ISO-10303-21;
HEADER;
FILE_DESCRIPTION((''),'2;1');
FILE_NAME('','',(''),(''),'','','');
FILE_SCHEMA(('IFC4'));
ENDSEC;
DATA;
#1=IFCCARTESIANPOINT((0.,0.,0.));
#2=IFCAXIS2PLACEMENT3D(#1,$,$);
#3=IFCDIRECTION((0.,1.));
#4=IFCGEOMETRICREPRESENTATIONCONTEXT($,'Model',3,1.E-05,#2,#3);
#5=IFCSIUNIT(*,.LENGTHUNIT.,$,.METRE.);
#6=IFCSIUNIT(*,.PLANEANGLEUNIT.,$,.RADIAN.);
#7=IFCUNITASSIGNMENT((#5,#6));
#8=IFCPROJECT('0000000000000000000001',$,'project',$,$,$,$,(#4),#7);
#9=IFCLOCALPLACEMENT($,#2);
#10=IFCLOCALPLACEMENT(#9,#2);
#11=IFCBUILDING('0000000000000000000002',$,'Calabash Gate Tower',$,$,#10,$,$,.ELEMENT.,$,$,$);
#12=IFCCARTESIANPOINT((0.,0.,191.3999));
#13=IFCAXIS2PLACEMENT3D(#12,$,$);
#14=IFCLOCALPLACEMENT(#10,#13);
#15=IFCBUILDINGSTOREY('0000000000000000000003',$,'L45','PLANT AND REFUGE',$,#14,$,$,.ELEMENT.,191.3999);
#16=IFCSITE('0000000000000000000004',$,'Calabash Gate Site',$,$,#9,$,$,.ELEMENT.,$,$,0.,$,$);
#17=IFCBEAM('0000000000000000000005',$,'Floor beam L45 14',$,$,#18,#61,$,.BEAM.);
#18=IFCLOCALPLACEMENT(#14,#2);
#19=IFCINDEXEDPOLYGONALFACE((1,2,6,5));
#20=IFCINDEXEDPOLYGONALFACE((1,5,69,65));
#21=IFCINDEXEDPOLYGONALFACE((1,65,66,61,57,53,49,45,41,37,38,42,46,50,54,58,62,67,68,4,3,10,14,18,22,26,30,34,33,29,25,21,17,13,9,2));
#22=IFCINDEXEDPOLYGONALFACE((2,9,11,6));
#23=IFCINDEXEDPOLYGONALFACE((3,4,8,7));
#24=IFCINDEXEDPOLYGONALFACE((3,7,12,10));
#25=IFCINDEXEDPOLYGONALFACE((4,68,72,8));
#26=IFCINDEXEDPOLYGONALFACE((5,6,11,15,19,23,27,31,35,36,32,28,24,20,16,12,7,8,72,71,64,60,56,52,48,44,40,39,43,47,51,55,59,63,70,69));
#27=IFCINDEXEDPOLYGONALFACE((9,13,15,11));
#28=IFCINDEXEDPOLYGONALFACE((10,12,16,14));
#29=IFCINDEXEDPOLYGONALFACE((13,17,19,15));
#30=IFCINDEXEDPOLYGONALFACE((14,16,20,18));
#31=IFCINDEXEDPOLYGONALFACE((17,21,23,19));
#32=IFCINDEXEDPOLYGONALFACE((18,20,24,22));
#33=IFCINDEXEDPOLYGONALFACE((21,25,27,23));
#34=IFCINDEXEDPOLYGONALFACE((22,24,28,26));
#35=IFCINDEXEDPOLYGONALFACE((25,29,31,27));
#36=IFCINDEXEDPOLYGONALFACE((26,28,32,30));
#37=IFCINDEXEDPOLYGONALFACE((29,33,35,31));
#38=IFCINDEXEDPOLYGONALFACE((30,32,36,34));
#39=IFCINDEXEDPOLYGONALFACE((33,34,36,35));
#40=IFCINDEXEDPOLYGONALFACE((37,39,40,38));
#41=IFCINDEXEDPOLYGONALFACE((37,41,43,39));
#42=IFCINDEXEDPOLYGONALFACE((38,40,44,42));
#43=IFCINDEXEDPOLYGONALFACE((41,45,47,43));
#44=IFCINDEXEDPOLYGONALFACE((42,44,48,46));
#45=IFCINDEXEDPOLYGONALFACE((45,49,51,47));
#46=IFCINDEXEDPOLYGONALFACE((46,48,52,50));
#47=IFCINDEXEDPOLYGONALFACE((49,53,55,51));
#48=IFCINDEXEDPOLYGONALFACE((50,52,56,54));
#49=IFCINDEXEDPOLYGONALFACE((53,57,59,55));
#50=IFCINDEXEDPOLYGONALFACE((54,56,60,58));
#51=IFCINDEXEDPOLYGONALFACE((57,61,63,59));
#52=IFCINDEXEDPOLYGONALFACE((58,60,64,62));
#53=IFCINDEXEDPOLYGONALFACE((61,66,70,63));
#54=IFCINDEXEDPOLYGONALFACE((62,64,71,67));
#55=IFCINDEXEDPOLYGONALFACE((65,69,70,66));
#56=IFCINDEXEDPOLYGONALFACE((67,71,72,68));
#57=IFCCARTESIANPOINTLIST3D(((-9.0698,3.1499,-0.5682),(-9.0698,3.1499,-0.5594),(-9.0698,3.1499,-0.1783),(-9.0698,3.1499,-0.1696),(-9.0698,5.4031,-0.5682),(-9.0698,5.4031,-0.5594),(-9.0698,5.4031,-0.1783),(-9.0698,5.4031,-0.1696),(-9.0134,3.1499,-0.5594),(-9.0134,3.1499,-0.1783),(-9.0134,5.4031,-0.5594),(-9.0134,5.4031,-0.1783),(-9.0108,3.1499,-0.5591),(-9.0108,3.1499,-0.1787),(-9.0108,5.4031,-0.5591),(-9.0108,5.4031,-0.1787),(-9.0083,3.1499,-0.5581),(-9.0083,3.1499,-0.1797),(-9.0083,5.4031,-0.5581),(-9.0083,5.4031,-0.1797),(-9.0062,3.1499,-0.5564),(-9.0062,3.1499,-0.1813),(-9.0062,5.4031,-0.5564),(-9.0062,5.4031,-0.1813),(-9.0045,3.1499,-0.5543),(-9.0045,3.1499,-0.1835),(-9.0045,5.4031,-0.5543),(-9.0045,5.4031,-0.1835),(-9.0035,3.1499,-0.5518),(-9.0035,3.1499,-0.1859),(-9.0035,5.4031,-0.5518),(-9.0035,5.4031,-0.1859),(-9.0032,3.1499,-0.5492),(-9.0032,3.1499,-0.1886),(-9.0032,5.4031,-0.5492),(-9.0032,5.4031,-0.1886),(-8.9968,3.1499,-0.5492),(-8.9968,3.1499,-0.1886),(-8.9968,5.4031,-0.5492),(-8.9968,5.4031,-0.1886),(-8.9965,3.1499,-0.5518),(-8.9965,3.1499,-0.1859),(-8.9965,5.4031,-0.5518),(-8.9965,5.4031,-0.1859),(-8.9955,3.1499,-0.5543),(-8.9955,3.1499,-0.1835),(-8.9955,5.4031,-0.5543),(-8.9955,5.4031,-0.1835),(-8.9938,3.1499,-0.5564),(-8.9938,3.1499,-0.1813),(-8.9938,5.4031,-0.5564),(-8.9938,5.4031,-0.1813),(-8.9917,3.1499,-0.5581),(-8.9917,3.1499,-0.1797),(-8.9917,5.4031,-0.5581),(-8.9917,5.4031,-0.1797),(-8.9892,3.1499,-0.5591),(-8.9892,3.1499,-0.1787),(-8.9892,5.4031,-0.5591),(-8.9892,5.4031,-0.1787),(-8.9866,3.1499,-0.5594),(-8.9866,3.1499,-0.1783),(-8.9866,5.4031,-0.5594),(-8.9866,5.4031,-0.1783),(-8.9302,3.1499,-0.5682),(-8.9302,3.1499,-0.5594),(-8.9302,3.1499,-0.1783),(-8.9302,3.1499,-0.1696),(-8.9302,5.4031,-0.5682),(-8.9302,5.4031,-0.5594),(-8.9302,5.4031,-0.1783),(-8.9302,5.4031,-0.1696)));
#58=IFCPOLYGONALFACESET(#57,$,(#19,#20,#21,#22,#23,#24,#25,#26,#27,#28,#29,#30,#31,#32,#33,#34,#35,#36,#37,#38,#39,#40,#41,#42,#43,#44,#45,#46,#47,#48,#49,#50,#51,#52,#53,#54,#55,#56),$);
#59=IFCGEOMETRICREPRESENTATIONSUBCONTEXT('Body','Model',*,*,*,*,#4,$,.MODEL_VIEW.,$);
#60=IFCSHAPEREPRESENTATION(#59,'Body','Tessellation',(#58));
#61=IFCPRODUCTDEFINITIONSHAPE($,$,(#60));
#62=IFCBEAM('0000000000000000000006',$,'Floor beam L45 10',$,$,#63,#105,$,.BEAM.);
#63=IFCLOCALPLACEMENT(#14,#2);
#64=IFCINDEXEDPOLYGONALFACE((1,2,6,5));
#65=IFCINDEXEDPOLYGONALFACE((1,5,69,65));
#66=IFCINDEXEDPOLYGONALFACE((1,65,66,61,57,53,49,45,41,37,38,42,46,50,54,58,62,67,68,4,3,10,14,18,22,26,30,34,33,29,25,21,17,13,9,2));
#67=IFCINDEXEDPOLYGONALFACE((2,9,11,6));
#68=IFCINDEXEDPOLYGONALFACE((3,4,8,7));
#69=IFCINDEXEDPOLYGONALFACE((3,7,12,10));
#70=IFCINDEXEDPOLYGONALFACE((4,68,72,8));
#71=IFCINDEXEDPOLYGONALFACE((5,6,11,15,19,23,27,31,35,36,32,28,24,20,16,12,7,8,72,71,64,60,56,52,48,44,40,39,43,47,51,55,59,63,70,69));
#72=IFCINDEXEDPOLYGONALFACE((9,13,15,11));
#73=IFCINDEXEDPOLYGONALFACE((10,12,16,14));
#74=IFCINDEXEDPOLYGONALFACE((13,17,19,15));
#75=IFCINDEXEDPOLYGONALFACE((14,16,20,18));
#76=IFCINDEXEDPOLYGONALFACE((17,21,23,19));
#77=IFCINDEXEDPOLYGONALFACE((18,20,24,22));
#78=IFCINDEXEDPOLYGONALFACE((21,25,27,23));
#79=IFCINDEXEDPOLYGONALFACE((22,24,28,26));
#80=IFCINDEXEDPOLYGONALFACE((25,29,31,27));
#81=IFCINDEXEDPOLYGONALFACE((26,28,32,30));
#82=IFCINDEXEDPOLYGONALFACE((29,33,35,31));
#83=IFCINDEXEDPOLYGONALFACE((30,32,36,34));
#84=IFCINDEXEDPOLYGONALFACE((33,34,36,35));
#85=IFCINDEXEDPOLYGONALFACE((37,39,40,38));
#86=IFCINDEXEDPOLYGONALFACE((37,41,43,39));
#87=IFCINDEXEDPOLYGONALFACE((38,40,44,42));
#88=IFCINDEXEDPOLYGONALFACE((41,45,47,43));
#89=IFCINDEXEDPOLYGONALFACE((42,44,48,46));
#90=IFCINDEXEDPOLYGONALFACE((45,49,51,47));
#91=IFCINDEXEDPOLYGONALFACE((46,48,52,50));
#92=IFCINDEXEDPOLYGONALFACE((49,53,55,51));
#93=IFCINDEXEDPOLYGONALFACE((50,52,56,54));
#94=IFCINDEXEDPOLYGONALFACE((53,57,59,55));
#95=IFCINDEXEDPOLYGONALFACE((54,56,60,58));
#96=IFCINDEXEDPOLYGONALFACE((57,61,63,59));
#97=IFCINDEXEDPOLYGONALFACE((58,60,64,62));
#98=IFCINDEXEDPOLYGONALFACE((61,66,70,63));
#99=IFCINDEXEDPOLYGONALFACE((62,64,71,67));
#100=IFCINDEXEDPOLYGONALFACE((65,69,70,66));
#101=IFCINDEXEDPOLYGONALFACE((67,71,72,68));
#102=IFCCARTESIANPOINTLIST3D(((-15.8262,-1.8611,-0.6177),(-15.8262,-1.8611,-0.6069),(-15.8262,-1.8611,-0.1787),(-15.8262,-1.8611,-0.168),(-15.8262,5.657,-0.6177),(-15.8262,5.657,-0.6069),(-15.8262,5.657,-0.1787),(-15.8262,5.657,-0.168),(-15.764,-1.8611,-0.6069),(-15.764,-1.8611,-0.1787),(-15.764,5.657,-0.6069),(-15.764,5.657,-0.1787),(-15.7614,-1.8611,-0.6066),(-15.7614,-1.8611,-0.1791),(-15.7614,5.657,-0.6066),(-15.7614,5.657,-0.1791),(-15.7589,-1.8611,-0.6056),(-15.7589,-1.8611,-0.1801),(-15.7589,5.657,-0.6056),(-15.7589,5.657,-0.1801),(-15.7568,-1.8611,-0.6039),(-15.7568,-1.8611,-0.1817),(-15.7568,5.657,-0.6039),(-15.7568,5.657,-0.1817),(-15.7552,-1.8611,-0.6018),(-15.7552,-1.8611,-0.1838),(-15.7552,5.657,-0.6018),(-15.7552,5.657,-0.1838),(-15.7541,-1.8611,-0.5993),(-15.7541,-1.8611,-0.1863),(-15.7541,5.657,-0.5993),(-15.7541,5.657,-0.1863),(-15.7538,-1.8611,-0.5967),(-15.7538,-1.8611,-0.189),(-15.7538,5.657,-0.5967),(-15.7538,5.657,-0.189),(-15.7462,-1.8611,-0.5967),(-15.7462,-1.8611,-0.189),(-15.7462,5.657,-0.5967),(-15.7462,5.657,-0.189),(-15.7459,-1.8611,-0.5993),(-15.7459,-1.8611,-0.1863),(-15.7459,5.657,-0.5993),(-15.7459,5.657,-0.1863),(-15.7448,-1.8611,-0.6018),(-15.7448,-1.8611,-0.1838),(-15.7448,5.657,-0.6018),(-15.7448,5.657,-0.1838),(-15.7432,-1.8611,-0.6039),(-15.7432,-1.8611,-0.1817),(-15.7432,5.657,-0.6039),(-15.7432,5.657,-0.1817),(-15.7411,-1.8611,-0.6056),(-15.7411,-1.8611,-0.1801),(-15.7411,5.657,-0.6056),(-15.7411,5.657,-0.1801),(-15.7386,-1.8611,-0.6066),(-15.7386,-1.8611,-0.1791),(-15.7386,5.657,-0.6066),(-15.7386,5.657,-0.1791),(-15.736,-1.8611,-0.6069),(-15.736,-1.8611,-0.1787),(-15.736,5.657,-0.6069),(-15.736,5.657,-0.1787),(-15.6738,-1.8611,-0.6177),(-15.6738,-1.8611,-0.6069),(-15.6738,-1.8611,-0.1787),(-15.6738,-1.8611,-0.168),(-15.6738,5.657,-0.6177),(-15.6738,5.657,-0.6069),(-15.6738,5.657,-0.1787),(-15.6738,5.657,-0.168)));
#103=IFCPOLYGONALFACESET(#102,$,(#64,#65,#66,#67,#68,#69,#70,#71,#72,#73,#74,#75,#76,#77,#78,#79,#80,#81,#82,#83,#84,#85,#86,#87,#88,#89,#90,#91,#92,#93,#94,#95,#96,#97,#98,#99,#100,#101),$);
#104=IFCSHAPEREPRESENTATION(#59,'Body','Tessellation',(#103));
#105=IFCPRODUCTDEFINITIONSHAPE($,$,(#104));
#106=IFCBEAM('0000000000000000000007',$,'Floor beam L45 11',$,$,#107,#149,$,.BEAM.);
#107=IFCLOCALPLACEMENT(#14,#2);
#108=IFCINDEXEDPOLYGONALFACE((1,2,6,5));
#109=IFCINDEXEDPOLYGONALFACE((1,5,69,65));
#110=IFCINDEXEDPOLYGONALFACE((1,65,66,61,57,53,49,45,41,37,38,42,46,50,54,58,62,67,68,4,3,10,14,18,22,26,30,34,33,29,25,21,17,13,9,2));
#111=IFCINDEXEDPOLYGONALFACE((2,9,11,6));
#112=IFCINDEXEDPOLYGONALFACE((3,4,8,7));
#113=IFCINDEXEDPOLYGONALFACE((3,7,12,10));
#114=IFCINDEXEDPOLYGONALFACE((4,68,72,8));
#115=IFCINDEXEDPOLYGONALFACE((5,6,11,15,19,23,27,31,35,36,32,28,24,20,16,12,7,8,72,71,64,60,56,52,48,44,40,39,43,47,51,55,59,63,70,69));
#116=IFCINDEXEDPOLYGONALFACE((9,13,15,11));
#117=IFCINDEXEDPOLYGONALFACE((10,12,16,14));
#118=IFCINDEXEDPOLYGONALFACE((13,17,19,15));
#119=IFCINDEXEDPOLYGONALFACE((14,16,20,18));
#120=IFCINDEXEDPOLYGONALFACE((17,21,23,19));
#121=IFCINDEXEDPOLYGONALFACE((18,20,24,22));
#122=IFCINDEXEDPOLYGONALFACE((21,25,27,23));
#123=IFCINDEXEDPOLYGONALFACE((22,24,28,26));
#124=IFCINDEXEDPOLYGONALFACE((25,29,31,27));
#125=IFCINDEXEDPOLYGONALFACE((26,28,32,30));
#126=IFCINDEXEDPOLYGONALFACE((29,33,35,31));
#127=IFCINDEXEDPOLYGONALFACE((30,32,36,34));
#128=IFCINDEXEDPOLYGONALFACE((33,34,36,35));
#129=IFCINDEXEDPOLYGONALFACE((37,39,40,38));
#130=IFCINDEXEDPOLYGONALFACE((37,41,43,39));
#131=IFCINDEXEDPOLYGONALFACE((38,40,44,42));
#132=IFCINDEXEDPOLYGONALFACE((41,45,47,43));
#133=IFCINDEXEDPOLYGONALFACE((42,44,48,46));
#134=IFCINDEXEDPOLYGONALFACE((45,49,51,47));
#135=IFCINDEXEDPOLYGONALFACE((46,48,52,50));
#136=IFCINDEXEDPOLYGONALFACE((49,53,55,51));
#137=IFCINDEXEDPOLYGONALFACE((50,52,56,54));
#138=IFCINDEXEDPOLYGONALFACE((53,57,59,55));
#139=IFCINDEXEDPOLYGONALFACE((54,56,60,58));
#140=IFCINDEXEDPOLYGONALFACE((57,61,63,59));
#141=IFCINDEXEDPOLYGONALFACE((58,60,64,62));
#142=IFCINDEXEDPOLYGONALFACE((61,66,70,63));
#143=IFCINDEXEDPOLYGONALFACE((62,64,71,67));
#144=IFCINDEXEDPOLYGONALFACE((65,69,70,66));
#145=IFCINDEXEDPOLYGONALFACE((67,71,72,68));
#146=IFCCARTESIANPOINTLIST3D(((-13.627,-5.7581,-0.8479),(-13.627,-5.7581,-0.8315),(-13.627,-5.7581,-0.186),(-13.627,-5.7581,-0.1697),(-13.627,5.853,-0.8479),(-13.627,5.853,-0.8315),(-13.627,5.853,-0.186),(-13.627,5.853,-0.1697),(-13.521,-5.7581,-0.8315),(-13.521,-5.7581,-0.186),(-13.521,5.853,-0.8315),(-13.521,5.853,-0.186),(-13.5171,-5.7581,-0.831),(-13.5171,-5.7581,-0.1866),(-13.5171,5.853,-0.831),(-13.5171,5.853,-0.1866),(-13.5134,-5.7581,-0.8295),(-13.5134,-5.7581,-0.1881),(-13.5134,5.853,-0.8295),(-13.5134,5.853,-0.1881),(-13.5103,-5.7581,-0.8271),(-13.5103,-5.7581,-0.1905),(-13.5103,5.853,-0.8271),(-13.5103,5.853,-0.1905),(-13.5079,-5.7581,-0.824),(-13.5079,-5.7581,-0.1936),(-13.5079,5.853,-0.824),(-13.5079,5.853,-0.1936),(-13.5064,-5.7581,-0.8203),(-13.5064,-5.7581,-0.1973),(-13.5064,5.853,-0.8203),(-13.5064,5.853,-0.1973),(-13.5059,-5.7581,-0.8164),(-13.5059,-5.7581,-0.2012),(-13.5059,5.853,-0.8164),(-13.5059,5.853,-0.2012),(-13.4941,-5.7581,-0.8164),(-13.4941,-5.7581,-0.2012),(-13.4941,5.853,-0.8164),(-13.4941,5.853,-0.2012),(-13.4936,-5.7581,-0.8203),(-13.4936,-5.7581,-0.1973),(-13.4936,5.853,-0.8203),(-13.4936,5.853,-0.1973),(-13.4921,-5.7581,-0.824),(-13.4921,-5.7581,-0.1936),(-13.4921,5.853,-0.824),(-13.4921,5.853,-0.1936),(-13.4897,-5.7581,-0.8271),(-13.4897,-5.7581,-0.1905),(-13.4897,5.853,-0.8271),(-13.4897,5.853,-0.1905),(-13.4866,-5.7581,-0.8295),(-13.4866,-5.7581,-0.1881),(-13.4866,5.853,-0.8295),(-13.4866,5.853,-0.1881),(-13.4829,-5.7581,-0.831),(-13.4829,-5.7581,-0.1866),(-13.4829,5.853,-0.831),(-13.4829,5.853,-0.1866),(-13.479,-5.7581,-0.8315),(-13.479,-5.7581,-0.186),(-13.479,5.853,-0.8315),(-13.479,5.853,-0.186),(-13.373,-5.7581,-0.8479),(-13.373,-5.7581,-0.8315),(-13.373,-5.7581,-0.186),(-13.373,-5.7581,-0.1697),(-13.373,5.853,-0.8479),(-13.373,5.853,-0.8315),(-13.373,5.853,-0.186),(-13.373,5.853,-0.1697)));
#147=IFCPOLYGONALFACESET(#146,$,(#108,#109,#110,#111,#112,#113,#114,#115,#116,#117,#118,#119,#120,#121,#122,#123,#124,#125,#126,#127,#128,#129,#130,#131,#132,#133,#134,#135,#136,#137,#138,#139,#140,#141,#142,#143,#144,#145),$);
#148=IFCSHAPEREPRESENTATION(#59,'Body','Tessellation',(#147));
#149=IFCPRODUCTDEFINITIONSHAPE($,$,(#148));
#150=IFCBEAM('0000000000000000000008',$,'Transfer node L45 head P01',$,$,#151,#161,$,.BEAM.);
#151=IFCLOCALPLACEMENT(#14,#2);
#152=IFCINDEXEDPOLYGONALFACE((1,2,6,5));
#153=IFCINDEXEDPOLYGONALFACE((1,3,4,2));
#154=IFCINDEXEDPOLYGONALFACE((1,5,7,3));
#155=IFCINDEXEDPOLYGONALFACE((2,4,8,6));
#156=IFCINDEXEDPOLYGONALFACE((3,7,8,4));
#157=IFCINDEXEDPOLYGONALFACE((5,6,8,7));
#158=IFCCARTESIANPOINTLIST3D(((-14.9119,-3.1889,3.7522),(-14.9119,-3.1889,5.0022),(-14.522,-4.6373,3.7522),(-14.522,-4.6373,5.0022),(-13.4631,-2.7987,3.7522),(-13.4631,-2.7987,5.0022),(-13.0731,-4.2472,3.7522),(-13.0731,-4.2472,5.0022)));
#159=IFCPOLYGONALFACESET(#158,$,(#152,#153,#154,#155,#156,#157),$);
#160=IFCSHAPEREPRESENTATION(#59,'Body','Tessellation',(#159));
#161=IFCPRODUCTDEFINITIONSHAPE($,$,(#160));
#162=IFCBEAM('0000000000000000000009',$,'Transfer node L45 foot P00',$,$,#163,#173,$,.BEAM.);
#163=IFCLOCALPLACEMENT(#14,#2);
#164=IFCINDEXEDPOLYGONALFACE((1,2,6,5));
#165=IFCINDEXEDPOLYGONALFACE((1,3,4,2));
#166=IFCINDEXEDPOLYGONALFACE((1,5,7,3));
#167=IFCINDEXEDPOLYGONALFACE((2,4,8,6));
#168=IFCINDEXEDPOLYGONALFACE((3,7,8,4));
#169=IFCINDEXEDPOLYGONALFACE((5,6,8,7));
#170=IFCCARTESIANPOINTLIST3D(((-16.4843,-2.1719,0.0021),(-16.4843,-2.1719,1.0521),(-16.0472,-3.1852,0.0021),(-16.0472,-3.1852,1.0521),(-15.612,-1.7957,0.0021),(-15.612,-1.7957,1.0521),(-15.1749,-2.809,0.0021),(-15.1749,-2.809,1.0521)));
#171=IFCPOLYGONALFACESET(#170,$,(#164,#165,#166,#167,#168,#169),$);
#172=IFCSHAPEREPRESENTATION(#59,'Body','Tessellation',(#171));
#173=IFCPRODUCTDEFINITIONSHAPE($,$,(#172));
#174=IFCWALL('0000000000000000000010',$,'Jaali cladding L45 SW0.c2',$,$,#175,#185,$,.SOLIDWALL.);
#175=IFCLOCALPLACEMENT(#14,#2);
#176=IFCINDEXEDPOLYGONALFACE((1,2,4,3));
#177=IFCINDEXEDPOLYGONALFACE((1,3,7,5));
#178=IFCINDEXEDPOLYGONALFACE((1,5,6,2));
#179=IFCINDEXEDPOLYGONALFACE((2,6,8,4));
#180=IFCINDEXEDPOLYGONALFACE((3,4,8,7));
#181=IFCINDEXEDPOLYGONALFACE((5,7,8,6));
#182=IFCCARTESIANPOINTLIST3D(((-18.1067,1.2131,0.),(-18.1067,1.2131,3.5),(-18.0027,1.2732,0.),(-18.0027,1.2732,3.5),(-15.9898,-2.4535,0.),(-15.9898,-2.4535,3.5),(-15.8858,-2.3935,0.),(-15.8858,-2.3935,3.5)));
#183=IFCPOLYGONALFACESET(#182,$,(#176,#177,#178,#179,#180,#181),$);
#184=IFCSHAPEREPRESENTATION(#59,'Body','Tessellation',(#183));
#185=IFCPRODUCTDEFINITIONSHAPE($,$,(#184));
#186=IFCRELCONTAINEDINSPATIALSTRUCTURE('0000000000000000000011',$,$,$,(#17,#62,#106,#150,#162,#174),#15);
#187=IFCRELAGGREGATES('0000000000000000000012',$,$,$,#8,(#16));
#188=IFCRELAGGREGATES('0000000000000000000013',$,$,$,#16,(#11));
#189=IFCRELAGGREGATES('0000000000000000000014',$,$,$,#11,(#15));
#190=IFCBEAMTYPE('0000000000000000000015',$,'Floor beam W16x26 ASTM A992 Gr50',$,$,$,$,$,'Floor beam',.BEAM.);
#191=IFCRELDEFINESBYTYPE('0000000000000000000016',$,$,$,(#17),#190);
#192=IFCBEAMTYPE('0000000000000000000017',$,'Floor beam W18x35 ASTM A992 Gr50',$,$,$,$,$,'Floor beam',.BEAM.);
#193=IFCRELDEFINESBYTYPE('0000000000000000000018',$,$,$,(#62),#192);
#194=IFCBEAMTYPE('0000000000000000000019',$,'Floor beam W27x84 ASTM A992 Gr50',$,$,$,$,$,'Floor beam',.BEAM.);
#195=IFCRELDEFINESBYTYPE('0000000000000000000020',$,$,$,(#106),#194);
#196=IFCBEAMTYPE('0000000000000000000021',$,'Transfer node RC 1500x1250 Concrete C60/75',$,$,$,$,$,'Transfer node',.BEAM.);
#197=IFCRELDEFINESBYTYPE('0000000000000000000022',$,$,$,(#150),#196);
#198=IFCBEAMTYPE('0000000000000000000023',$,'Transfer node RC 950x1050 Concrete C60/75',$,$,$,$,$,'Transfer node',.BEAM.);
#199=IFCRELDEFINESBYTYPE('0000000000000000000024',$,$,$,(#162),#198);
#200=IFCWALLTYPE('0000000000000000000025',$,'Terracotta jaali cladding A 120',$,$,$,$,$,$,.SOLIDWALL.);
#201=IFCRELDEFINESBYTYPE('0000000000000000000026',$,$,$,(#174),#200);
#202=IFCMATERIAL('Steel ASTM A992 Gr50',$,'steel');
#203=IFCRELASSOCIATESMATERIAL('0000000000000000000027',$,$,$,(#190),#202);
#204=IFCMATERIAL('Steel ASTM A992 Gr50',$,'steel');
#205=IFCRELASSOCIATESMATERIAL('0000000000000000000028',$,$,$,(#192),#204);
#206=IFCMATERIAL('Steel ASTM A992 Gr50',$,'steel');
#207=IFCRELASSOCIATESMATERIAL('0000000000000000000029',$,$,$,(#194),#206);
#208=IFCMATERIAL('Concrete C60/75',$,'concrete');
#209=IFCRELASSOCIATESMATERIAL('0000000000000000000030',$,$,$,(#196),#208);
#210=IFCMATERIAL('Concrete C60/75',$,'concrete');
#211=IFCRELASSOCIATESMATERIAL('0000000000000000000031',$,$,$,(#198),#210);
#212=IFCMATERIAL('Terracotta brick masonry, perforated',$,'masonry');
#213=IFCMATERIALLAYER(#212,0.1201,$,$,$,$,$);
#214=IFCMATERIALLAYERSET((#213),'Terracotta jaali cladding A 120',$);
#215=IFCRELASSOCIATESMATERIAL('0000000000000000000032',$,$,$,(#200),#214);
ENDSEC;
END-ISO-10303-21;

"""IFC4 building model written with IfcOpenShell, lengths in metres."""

from ifc_helpers import new_model, si_unit, direction, frame, frame_2d, origin, origin_2d, place, context, subcontext, project, spatial, rectangle, i_section, extrude, material, layer, layer_set, material_profile, profile_set, type_object, element, save


model = new_model("IFC4")

# Units and contexts
model_context = context("Model", 3, precision=1e-05, world=origin(), true_north=direction((0.0, 1.0)))
body_context = subcontext(model_context, "Body", "Model", "MODEL_VIEW")
ifc_project = project(units=[si_unit("LENGTHUNIT", "METRE"), si_unit("PLANEANGLEUNIT", "RADIAN")], contexts=[model_context])

# Site, building, storey
site_placement = place(None, origin())
site = spatial("IfcSite", under=ifc_project, at=site_placement, Name="Calabash Gate Site", CompositionType="ELEMENT", RefElevation=0.0)
building_placement = place(site_placement, origin())
building = spatial("IfcBuilding", under=site, at=building_placement, Name="Calabash Gate Tower", CompositionType="ELEMENT")
storey_placement = place(building_placement, frame((0.0, 0.0, 191.3999)))
storey = spatial("IfcBuildingStorey", under=building, at=storey_placement, Name="L45", Description="PLANT AND REFUGE", CompositionType="ELEMENT", Elevation=191.3999)

# Beams
ifc_material_1 = material(Name="Steel ASTM A992 Gr50", Category="steel")
ifc_material_profile_1 = material_profile(ifc_material_1, i_section(OverallWidth=0.1396, OverallDepth=0.3987, WebThickness=0.0063, FlangeThickness=0.0088, FilletRadius=0.0103, at=origin_2d()))
ifc_profile_set_1 = profile_set([ifc_material_profile_1], Name="Steel ASTM A992 Gr50")
beam_type_1 = type_object("IfcBeamType", Name="Floor beam W16x26 ASTM A992 Gr50", ElementType="Floor beam", PredefinedType="BEAM", material=ifc_profile_set_1)
beam_1_placement = place(storey_placement, frame((-9.0, 3.1499, -0.3689), z_axis=(0.0, 1.0, 0.0), x_axis=(-1.0, 0.0, 0.0)))
element("IfcBeam", 1, at=beam_1_placement, inside=storey, type_object=beam_type_1, Name="Floor beam L45 14", PredefinedType="BEAM", context=body_context, shape_type="SweptSolid", body=[
    extrude(i_section(OverallWidth=0.1396, OverallDepth=0.3987, WebThickness=0.0063, FlangeThickness=0.0088, FilletRadius=0.0103, at=origin_2d()), origin(), (0.0, 0.0, 1.0), 2.2532),
])
ifc_material_2 = material(Name="Steel ASTM A992 Gr50", Category="steel")
ifc_material_profile_2 = material_profile(ifc_material_2, i_section(OverallWidth=0.1523, OverallDepth=0.4497, WebThickness=0.0076, FlangeThickness=0.0107, FilletRadius=0.0103, at=origin_2d()))
ifc_profile_set_2 = profile_set([ifc_material_profile_2], Name="Steel ASTM A992 Gr50")
beam_type_2 = type_object("IfcBeamType", Name="Floor beam W18x35 ASTM A992 Gr50", ElementType="Floor beam", PredefinedType="BEAM", material=ifc_profile_set_2)
beam_2_placement = place(storey_placement, frame((-15.75, -1.8611, -0.3928), z_axis=(0.0, 1.0, 0.0), x_axis=(-1.0, 0.0, 0.0)))
element("IfcBeam", 2, at=beam_2_placement, inside=storey, type_object=beam_type_2, Name="Floor beam L45 10", PredefinedType="BEAM", context=body_context, shape_type="SweptSolid", body=[
    extrude(i_section(OverallWidth=0.1523, OverallDepth=0.4497, WebThickness=0.0076, FlangeThickness=0.0107, FilletRadius=0.0103, at=origin_2d()), origin(), (0.0, 0.0, 1.0), 7.5181),
])
ifc_material_3 = material(Name="Steel ASTM A992 Gr50", Category="steel")
ifc_material_profile_3 = material_profile(ifc_material_3, i_section(OverallWidth=0.2539, OverallDepth=0.6782, WebThickness=0.0117, FlangeThickness=0.0164, FilletRadius=0.0151, at=origin_2d()))
ifc_profile_set_3 = profile_set([ifc_material_profile_3], Name="Steel ASTM A992 Gr50")
beam_type_3 = type_object("IfcBeamType", Name="Floor beam W27x84 ASTM A992 Gr50", ElementType="Floor beam", PredefinedType="BEAM", material=ifc_profile_set_3)
beam_3_placement = place(storey_placement, frame((-13.5, -5.7581, -0.5088), z_axis=(0.0, 1.0, 0.0), x_axis=(-1.0, 0.0, 0.0)))
element("IfcBeam", 3, at=beam_3_placement, inside=storey, type_object=beam_type_3, Name="Floor beam L45 11", PredefinedType="BEAM", context=body_context, shape_type="SweptSolid", body=[
    extrude(i_section(OverallWidth=0.2539, OverallDepth=0.6782, WebThickness=0.0117, FlangeThickness=0.0164, FilletRadius=0.0151, at=origin_2d()), origin(), (0.0, 0.0, 1.0), 11.6111),
])
ifc_material_4 = material(Name="Concrete C60/75", Category="concrete")
ifc_material_profile_4 = material_profile(ifc_material_4, rectangle(XDim=1.5, YDim=1.25, at=origin_2d()))
ifc_profile_set_4 = profile_set([ifc_material_profile_4], Name="Concrete C60/75")
beam_type_4 = type_object("IfcBeamType", Name="Transfer node RC 1500x1250 Concrete C60/75", ElementType="Transfer node", PredefinedType="BEAM", material=ifc_profile_set_4)
beam_4_placement = place(storey_placement, frame((-13.2681, -3.5229, 4.3772), z_axis=(-0.965611, -0.259991, 0.0), x_axis=(0.259991, -0.965611, 0.0)))
element("IfcBeam", 4, at=beam_4_placement, inside=storey, type_object=beam_type_4, Name="Transfer node L45 head P01", PredefinedType="BEAM", context=body_context, shape_type="SweptSolid", body=[
    extrude(rectangle(XDim=1.5, YDim=1.25, at=origin_2d()), origin(), (0.0, 0.0, 1.0), 1.5005),
])
ifc_material_5 = material(Name="Concrete C60/75", Category="concrete")
ifc_material_profile_5 = material_profile(ifc_material_5, rectangle(XDim=0.95, YDim=1.05, at=origin_2d()))
ifc_profile_set_5 = profile_set([ifc_material_profile_5], Name="Concrete C60/75")
beam_type_5 = type_object("IfcBeamType", Name="Transfer node RC 950x1050 Concrete C60/75", ElementType="Transfer node", PredefinedType="BEAM", material=ifc_profile_set_5)
beam_5_placement = place(storey_placement, frame((-15.6111, -2.9971, 0.5271), z_axis=(-0.396055, 0.918227, 0.0), x_axis=(-0.918227, -0.396055, 0.0)))
element("IfcBeam", 5, at=beam_5_placement, inside=storey, type_object=beam_type_5, Name="Transfer node L45 foot P00", PredefinedType="BEAM", context=body_context, shape_type="SweptSolid", body=[
    extrude(rectangle(XDim=0.95, YDim=1.05, at=origin_2d()), origin(), (0.0, 0.0, 1.0), 1.1035),
])

# Wall
ifc_material_6 = material(Name="Terracotta brick masonry, perforated", Category="masonry")
ifc_layer = layer(ifc_material_6, 0.1201)
ifc_layer_set = layer_set([ifc_layer], Name="Terracotta jaali cladding A 120")
wall_type = type_object("IfcWallType", Name="Terracotta jaali cladding A 120", PredefinedType="SOLIDWALL", material=ifc_layer_set)
wall_placement = place(storey_placement, frame((-18.0547, 1.2432, 0.0), z_axis=(0.0, 0.0, 1.0), x_axis=(0.49999, -0.866031, 0.0)))
element("IfcWall", 6, at=wall_placement, inside=storey, type_object=wall_type, Name="Jaali cladding L45 SW0.c2", PredefinedType="SOLIDWALL", context=body_context, shape_type="SweptSolid", body=[
    extrude(rectangle(XDim=4.2339, YDim=0.1201, at=frame_2d((2.1169, 0.0))), origin(), (0.0, 0.0, 1.0), 3.5),
])

save(model, "model.ifc")
